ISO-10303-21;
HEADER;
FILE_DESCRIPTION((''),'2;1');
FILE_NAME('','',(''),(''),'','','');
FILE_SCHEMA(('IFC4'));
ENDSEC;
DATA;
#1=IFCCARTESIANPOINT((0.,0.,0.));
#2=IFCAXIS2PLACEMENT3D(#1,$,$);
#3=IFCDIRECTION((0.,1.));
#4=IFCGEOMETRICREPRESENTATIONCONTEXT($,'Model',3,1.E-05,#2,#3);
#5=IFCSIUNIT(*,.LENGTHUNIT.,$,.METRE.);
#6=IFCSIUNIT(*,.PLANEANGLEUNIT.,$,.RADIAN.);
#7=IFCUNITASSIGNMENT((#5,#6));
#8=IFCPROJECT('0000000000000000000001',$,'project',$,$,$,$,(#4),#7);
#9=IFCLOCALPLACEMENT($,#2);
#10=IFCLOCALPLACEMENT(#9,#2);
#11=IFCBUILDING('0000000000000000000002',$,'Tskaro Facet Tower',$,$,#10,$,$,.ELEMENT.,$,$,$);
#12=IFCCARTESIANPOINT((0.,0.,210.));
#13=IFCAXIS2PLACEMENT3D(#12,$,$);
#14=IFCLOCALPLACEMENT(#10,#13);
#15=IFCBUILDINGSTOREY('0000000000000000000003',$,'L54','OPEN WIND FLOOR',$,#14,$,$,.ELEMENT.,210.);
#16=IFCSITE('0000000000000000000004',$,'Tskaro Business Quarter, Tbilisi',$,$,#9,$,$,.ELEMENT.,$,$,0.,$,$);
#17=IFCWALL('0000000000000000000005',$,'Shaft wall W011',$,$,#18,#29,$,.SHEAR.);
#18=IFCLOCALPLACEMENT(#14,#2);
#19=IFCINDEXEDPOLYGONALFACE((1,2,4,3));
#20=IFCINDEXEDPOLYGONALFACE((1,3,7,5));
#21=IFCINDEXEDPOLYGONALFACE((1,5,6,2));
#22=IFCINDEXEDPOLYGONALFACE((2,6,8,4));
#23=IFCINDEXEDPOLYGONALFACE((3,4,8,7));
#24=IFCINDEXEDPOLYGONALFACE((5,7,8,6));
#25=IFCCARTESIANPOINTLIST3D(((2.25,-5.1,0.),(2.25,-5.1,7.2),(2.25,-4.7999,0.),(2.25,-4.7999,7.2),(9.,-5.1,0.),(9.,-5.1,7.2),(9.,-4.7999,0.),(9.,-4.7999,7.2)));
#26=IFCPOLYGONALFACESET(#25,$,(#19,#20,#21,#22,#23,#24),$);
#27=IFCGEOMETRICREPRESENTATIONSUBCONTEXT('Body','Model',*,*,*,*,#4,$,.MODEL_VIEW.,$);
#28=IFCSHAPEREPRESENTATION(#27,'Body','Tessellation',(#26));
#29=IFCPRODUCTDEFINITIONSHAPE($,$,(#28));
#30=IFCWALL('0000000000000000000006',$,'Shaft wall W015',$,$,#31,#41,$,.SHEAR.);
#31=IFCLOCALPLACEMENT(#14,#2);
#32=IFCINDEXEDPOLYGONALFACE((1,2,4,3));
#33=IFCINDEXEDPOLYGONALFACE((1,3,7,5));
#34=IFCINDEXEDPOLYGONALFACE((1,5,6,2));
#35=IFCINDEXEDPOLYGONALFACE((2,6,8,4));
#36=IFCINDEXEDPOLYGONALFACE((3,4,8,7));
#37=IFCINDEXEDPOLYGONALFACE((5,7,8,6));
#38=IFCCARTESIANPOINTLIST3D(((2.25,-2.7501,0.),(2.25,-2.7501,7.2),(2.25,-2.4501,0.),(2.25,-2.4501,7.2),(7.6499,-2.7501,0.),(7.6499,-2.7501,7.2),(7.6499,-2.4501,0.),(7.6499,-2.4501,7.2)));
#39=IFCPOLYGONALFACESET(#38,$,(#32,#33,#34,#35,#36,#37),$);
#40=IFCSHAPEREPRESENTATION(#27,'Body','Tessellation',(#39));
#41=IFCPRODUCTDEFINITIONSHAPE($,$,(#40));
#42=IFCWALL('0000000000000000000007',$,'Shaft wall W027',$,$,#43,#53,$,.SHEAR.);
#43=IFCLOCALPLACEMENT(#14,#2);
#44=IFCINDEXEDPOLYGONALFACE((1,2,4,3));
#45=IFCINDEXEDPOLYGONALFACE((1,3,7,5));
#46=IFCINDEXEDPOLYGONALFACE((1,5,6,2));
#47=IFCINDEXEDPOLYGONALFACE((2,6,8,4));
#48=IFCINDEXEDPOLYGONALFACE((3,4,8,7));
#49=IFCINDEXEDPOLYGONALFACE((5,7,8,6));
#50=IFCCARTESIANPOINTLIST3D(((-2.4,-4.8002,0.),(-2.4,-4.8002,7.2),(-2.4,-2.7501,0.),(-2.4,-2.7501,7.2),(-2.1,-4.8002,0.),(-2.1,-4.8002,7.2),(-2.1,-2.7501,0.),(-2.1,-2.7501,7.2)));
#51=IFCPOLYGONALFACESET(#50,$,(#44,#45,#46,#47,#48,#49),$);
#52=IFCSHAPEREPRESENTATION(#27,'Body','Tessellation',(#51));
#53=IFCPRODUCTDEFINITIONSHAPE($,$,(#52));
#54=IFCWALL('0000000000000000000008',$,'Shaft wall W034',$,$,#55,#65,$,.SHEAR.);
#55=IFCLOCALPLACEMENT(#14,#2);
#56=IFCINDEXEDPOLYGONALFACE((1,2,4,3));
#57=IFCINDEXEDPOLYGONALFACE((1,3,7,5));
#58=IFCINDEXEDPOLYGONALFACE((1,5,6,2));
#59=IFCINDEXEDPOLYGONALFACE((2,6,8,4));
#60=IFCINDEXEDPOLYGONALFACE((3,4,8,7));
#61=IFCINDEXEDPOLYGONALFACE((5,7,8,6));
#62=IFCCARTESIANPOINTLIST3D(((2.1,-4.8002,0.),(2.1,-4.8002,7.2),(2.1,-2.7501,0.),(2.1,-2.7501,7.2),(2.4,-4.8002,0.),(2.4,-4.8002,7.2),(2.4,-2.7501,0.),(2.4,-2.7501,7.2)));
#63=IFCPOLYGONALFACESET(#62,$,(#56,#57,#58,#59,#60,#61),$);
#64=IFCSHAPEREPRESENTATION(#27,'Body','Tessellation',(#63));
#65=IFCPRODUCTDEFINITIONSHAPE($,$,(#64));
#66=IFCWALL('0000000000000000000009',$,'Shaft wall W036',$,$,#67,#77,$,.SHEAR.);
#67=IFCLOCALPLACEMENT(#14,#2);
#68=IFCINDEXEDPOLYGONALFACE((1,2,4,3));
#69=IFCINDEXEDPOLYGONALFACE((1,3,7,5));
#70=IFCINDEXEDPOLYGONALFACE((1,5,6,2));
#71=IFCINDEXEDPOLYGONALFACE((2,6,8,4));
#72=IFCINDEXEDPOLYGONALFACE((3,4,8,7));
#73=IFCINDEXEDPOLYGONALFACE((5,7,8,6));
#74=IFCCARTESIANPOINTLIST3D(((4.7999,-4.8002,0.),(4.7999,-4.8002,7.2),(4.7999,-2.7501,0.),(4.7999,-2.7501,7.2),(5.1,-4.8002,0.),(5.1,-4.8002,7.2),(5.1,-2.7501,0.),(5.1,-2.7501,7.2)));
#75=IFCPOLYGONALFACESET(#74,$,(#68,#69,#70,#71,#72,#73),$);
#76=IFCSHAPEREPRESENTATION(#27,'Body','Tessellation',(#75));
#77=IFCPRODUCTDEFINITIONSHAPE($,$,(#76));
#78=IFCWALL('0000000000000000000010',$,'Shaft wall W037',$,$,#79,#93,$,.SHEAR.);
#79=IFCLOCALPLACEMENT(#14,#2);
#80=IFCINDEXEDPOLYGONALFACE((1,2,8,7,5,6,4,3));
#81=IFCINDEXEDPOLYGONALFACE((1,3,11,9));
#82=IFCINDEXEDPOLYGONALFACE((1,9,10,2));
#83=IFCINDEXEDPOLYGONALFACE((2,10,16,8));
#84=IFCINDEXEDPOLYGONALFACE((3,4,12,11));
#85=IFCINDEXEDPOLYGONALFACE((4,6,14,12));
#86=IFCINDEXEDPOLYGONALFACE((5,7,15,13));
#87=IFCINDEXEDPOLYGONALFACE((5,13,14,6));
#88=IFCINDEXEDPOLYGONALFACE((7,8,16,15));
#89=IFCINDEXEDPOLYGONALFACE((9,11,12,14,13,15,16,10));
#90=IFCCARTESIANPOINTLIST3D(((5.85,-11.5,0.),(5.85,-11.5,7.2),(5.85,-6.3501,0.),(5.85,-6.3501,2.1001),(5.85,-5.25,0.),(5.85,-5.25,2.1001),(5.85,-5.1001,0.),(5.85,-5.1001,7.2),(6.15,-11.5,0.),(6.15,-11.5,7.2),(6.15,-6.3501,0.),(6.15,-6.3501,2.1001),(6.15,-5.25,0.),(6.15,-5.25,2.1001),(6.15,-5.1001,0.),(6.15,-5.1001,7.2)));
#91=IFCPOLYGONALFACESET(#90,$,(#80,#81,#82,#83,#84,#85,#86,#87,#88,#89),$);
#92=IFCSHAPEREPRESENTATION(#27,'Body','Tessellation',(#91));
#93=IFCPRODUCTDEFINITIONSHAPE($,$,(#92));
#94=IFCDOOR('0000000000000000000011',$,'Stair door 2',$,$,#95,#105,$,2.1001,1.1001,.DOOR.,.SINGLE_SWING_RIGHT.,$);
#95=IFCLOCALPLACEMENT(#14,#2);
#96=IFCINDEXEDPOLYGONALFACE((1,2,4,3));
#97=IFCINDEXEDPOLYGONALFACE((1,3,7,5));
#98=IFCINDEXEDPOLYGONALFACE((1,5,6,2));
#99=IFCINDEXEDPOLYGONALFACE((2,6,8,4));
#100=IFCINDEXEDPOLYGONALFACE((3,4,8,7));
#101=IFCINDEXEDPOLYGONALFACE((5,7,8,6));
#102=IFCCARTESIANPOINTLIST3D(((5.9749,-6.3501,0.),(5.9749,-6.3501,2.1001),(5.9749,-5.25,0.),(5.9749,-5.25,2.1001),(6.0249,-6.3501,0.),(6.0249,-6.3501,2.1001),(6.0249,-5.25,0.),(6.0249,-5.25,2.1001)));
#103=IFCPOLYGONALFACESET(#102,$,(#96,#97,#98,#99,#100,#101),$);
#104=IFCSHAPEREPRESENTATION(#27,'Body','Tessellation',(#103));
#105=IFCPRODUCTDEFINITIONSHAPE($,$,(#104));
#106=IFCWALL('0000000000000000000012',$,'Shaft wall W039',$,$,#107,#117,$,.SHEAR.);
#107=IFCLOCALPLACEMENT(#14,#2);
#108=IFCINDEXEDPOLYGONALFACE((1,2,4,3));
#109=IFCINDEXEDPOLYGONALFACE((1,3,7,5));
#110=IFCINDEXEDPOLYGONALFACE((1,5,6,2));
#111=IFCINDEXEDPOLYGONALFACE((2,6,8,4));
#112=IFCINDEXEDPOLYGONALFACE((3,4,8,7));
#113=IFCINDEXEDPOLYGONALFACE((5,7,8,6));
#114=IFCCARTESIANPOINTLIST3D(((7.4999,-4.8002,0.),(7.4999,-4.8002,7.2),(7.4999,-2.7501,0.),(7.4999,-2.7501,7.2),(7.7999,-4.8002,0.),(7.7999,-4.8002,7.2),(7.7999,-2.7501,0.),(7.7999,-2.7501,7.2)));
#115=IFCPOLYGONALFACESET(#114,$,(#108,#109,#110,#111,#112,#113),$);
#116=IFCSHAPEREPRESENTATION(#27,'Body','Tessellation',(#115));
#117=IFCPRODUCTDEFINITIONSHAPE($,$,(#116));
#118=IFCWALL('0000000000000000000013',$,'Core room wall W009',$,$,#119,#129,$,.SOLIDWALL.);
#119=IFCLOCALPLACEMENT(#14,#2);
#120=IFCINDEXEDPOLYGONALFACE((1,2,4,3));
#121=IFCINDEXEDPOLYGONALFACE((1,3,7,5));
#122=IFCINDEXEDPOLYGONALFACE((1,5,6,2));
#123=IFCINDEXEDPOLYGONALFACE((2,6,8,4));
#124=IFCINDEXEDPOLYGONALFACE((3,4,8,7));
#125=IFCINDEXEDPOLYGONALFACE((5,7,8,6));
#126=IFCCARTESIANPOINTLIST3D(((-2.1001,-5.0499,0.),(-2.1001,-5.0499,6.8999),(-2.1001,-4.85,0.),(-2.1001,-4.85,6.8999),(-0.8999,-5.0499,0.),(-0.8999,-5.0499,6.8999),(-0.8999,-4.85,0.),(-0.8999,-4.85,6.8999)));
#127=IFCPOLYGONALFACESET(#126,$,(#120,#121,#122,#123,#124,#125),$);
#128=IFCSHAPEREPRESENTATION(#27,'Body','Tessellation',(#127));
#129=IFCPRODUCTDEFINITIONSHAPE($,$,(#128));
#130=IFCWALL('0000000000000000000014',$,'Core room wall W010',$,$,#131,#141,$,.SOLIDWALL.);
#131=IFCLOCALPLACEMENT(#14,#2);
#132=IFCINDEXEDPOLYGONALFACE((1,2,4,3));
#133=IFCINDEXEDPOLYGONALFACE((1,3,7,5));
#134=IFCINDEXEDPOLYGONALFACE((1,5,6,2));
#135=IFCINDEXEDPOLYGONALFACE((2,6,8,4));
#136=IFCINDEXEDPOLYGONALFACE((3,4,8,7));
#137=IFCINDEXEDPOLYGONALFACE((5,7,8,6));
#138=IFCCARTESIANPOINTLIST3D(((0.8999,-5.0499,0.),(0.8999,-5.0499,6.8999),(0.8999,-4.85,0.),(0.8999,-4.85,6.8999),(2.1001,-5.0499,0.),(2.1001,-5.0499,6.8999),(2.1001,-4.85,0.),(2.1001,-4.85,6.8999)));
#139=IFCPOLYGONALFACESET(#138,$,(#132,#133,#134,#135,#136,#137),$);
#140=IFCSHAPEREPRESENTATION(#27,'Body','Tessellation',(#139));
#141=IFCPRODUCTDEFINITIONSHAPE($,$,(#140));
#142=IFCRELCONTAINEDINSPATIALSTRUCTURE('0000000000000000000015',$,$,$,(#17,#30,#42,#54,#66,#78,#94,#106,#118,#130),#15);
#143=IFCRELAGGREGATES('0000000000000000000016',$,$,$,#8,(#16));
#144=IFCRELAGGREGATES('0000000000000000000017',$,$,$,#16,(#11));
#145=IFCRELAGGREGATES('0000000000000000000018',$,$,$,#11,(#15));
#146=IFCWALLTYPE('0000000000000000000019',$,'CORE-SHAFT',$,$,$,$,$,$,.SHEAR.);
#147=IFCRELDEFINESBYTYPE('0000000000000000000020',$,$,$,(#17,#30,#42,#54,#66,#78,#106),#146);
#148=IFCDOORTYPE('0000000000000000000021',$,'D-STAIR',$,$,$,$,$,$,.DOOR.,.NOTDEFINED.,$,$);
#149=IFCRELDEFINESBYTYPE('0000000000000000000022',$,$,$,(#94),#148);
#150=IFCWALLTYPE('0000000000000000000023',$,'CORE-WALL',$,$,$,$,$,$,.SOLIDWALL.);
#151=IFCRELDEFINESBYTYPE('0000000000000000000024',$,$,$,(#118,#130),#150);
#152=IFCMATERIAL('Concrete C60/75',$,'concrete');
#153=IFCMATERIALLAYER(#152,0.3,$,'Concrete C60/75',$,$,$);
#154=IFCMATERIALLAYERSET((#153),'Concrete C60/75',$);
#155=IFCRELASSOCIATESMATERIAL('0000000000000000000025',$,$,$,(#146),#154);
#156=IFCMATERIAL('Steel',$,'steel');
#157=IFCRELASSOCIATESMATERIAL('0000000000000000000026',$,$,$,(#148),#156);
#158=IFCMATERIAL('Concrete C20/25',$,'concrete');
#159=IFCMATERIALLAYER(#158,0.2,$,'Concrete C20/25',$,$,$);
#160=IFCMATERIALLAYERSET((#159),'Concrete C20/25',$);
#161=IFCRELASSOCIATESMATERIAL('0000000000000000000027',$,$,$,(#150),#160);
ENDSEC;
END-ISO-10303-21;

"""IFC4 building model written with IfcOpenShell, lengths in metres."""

from ifc_helpers import new_model, si_unit, direction, frame, frame_2d, origin, place, context, subcontext, project, spatial, rectangle, extrude, material, layer, layer_set, type_object, element, fill, save


model = new_model("IFC4")

# Units and contexts
model_context = context("Model", 3, precision=1e-05, world=origin(), true_north=direction((0.0, 1.0)))
body_context = subcontext(model_context, "Body", "Model", "MODEL_VIEW")
ifc_project = project(units=[si_unit("LENGTHUNIT", "METRE"), si_unit("PLANEANGLEUNIT", "RADIAN")], contexts=[model_context])

# Site, building, storey
site_placement = place(None, origin())
site = spatial("IfcSite", under=ifc_project, at=site_placement, Name="Tskaro Business Quarter, Tbilisi", CompositionType="ELEMENT", RefElevation=0.0)
building_placement = place(site_placement, origin())
building = spatial("IfcBuilding", under=site, at=building_placement, Name="Tskaro Facet Tower", CompositionType="ELEMENT")
storey_placement = place(building_placement, frame((0.0, 0.0, 210.0)))
storey = spatial("IfcBuildingStorey", under=building, at=storey_placement, Name="L54", Description="OPEN WIND FLOOR", CompositionType="ELEMENT", Elevation=210.0)

# Walls
ifc_material_1 = material(Name="Concrete C60/75", Category="concrete")
ifc_layer_1 = layer(ifc_material_1, 0.3, Name="Concrete C60/75")
ifc_layer_set_1 = layer_set([ifc_layer_1], Name="Concrete C60/75")
wall_type_1 = type_object("IfcWallType", Name="CORE-SHAFT", PredefinedType="SHEAR", material=ifc_layer_set_1)
wall_1_placement = place(storey_placement, frame((2.25, -4.95, 0.0), z_axis=(0.0, 0.0, 1.0), x_axis=(1.0, 0.0, 0.0)))
element("IfcWall", 1, at=wall_1_placement, inside=storey, type_object=wall_type_1, Name="Shaft wall W011", PredefinedType="SHEAR", context=body_context, shape_type="SweptSolid", body=[
    extrude(rectangle(XDim=6.75, YDim=0.3, at=frame_2d((3.375, 0.0))), origin(), (0.0, 0.0, 1.0), 7.2),
])
wall_2_placement = place(storey_placement, frame((2.25, -2.6001, 0.0), z_axis=(0.0, 0.0, 1.0), x_axis=(1.0, 0.0, 0.0)))
element("IfcWall", 2, at=wall_2_placement, inside=storey, type_object=wall_type_1, Name="Shaft wall W015", PredefinedType="SHEAR", context=body_context, shape_type="SweptSolid", body=[
    extrude(rectangle(XDim=5.3999, YDim=0.3, at=frame_2d((2.7, 0.0))), origin(), (0.0, 0.0, 1.0), 7.2),
])
for number, where, z_axis, x_axis, name in (
    (3, (-2.25, -4.8, 0.0), (0.0, 0.0, 1.0), (0.0, 1.0, 0.0), "Shaft wall W027"),
    (4, (2.25, -4.8, 0.0), (0.0, 0.0, 1.0), (0.0, 1.0, 0.0), "Shaft wall W034"),
    (5, (4.95, -4.8, 0.0), (0.0, 0.0, 1.0), (0.0, 1.0, 0.0), "Shaft wall W036"),
):
    element("IfcWall", number, at=place(storey_placement, frame(where, z_axis=z_axis, x_axis=x_axis)), inside=storey, type_object=wall_type_1, Name=name, PredefinedType="SHEAR", context=body_context, shape_type="SweptSolid", body=[
        extrude(rectangle(XDim=2.05, YDim=0.3, at=frame_2d((1.0249, 0.0))), origin(), (0.0, 0.0, 1.0), 7.2),
    ])

# Wall, opening, door
wall_3_placement = place(storey_placement, frame((6.0, -5.1001, 0.0), z_axis=(0.0, 0.0, 1.0), x_axis=(0.0, -1.0, 0.0)))
wall_3 = element("IfcWall", 6, at=wall_3_placement, inside=storey, type_object=wall_type_1, Name="Shaft wall W037", PredefinedType="SHEAR", context=body_context, shape_type="SweptSolid", body=[
    extrude(rectangle(XDim=6.3999, YDim=0.3, at=frame_2d((3.2, 0.0))), origin(), (0.0, 0.0, 1.0), 7.2),
])
opening_1_placement = place(wall_3_placement, frame((0.1499, 0.0, 0.0)))
opening_1 = element("IfcOpeningElement", 7, at=opening_1_placement, cuts=wall_3, PredefinedType="OPENING", context=body_context, shape_type="SweptSolid", body=[
    extrude(rectangle(XDim=1.1001, YDim=2.1001, at=frame_2d((0.55, 1.05))), frame((0.0, 0.1599, 0.0), z_axis=(0.0, -1.0, 0.0), x_axis=(1.0, 0.0, 0.0)), (0.0, 0.0, 1.0), 0.3201),
])
ifc_material_2 = material(Name="Steel", Category="steel")
door_type_1 = type_object("IfcDoorType", Name="D-STAIR", OperationType="NOTDEFINED", PredefinedType="DOOR", material=ifc_material_2)
door_1_placement = place(opening_1_placement, origin())
door_1 = element("IfcDoor", 8, at=door_1_placement, inside=storey, type_object=door_type_1, Name="Stair door 2", OperationType="SINGLE_SWING_RIGHT", OverallHeight=2.1001, OverallWidth=1.1001, PredefinedType="DOOR", context=body_context, shape_type="SweptSolid", body=[
    extrude(rectangle(XDim=1.1001, YDim=2.1001, at=frame_2d((0.55, 1.05))), frame((0.0, 0.0249, 0.0), z_axis=(0.0, -1.0, 0.0), x_axis=(1.0, 0.0, 0.0)), (0.0, 0.0, 1.0), 0.05),
])
fill(opening_1, door_1)

# Walls
wall_4_placement = place(storey_placement, frame((7.6499, -4.8, 0.0), z_axis=(0.0, 0.0, 1.0), x_axis=(0.0, 1.0, 0.0)))
element("IfcWall", 9, at=wall_4_placement, inside=storey, type_object=wall_type_1, Name="Shaft wall W039", PredefinedType="SHEAR", context=body_context, shape_type="SweptSolid", body=[
    extrude(rectangle(XDim=2.05, YDim=0.3, at=frame_2d((1.0249, 0.0))), origin(), (0.0, 0.0, 1.0), 7.2),
])
ifc_material_3 = material(Name="Concrete C20/25", Category="concrete")
ifc_layer_2 = layer(ifc_material_3, 0.2, Name="Concrete C20/25")
ifc_layer_set_2 = layer_set([ifc_layer_2], Name="Concrete C20/25")
wall_type_2 = type_object("IfcWallType", Name="CORE-WALL", PredefinedType="SOLIDWALL", material=ifc_layer_set_2)
for number, where, z_axis, x_axis, name in (
    (10, (-2.1001, -4.95, 0.0), (0.0, 0.0, 1.0), (1.0, 0.0, 0.0), "Core room wall W009"),
    (11, (0.8999, -4.95, 0.0), (0.0, 0.0, 1.0), (1.0, 0.0, 0.0), "Core room wall W010"),
):
    element("IfcWall", number, at=place(storey_placement, frame(where, z_axis=z_axis, x_axis=x_axis)), inside=storey, type_object=wall_type_2, Name=name, PredefinedType="SOLIDWALL", context=body_context, shape_type="SweptSolid", body=[
        extrude(rectangle(XDim=1.2002, YDim=0.2, at=frame_2d((0.6001, 0.0))), origin(), (0.0, 0.0, 1.0), 6.8999),
    ])

save(model, "model.ifc")
